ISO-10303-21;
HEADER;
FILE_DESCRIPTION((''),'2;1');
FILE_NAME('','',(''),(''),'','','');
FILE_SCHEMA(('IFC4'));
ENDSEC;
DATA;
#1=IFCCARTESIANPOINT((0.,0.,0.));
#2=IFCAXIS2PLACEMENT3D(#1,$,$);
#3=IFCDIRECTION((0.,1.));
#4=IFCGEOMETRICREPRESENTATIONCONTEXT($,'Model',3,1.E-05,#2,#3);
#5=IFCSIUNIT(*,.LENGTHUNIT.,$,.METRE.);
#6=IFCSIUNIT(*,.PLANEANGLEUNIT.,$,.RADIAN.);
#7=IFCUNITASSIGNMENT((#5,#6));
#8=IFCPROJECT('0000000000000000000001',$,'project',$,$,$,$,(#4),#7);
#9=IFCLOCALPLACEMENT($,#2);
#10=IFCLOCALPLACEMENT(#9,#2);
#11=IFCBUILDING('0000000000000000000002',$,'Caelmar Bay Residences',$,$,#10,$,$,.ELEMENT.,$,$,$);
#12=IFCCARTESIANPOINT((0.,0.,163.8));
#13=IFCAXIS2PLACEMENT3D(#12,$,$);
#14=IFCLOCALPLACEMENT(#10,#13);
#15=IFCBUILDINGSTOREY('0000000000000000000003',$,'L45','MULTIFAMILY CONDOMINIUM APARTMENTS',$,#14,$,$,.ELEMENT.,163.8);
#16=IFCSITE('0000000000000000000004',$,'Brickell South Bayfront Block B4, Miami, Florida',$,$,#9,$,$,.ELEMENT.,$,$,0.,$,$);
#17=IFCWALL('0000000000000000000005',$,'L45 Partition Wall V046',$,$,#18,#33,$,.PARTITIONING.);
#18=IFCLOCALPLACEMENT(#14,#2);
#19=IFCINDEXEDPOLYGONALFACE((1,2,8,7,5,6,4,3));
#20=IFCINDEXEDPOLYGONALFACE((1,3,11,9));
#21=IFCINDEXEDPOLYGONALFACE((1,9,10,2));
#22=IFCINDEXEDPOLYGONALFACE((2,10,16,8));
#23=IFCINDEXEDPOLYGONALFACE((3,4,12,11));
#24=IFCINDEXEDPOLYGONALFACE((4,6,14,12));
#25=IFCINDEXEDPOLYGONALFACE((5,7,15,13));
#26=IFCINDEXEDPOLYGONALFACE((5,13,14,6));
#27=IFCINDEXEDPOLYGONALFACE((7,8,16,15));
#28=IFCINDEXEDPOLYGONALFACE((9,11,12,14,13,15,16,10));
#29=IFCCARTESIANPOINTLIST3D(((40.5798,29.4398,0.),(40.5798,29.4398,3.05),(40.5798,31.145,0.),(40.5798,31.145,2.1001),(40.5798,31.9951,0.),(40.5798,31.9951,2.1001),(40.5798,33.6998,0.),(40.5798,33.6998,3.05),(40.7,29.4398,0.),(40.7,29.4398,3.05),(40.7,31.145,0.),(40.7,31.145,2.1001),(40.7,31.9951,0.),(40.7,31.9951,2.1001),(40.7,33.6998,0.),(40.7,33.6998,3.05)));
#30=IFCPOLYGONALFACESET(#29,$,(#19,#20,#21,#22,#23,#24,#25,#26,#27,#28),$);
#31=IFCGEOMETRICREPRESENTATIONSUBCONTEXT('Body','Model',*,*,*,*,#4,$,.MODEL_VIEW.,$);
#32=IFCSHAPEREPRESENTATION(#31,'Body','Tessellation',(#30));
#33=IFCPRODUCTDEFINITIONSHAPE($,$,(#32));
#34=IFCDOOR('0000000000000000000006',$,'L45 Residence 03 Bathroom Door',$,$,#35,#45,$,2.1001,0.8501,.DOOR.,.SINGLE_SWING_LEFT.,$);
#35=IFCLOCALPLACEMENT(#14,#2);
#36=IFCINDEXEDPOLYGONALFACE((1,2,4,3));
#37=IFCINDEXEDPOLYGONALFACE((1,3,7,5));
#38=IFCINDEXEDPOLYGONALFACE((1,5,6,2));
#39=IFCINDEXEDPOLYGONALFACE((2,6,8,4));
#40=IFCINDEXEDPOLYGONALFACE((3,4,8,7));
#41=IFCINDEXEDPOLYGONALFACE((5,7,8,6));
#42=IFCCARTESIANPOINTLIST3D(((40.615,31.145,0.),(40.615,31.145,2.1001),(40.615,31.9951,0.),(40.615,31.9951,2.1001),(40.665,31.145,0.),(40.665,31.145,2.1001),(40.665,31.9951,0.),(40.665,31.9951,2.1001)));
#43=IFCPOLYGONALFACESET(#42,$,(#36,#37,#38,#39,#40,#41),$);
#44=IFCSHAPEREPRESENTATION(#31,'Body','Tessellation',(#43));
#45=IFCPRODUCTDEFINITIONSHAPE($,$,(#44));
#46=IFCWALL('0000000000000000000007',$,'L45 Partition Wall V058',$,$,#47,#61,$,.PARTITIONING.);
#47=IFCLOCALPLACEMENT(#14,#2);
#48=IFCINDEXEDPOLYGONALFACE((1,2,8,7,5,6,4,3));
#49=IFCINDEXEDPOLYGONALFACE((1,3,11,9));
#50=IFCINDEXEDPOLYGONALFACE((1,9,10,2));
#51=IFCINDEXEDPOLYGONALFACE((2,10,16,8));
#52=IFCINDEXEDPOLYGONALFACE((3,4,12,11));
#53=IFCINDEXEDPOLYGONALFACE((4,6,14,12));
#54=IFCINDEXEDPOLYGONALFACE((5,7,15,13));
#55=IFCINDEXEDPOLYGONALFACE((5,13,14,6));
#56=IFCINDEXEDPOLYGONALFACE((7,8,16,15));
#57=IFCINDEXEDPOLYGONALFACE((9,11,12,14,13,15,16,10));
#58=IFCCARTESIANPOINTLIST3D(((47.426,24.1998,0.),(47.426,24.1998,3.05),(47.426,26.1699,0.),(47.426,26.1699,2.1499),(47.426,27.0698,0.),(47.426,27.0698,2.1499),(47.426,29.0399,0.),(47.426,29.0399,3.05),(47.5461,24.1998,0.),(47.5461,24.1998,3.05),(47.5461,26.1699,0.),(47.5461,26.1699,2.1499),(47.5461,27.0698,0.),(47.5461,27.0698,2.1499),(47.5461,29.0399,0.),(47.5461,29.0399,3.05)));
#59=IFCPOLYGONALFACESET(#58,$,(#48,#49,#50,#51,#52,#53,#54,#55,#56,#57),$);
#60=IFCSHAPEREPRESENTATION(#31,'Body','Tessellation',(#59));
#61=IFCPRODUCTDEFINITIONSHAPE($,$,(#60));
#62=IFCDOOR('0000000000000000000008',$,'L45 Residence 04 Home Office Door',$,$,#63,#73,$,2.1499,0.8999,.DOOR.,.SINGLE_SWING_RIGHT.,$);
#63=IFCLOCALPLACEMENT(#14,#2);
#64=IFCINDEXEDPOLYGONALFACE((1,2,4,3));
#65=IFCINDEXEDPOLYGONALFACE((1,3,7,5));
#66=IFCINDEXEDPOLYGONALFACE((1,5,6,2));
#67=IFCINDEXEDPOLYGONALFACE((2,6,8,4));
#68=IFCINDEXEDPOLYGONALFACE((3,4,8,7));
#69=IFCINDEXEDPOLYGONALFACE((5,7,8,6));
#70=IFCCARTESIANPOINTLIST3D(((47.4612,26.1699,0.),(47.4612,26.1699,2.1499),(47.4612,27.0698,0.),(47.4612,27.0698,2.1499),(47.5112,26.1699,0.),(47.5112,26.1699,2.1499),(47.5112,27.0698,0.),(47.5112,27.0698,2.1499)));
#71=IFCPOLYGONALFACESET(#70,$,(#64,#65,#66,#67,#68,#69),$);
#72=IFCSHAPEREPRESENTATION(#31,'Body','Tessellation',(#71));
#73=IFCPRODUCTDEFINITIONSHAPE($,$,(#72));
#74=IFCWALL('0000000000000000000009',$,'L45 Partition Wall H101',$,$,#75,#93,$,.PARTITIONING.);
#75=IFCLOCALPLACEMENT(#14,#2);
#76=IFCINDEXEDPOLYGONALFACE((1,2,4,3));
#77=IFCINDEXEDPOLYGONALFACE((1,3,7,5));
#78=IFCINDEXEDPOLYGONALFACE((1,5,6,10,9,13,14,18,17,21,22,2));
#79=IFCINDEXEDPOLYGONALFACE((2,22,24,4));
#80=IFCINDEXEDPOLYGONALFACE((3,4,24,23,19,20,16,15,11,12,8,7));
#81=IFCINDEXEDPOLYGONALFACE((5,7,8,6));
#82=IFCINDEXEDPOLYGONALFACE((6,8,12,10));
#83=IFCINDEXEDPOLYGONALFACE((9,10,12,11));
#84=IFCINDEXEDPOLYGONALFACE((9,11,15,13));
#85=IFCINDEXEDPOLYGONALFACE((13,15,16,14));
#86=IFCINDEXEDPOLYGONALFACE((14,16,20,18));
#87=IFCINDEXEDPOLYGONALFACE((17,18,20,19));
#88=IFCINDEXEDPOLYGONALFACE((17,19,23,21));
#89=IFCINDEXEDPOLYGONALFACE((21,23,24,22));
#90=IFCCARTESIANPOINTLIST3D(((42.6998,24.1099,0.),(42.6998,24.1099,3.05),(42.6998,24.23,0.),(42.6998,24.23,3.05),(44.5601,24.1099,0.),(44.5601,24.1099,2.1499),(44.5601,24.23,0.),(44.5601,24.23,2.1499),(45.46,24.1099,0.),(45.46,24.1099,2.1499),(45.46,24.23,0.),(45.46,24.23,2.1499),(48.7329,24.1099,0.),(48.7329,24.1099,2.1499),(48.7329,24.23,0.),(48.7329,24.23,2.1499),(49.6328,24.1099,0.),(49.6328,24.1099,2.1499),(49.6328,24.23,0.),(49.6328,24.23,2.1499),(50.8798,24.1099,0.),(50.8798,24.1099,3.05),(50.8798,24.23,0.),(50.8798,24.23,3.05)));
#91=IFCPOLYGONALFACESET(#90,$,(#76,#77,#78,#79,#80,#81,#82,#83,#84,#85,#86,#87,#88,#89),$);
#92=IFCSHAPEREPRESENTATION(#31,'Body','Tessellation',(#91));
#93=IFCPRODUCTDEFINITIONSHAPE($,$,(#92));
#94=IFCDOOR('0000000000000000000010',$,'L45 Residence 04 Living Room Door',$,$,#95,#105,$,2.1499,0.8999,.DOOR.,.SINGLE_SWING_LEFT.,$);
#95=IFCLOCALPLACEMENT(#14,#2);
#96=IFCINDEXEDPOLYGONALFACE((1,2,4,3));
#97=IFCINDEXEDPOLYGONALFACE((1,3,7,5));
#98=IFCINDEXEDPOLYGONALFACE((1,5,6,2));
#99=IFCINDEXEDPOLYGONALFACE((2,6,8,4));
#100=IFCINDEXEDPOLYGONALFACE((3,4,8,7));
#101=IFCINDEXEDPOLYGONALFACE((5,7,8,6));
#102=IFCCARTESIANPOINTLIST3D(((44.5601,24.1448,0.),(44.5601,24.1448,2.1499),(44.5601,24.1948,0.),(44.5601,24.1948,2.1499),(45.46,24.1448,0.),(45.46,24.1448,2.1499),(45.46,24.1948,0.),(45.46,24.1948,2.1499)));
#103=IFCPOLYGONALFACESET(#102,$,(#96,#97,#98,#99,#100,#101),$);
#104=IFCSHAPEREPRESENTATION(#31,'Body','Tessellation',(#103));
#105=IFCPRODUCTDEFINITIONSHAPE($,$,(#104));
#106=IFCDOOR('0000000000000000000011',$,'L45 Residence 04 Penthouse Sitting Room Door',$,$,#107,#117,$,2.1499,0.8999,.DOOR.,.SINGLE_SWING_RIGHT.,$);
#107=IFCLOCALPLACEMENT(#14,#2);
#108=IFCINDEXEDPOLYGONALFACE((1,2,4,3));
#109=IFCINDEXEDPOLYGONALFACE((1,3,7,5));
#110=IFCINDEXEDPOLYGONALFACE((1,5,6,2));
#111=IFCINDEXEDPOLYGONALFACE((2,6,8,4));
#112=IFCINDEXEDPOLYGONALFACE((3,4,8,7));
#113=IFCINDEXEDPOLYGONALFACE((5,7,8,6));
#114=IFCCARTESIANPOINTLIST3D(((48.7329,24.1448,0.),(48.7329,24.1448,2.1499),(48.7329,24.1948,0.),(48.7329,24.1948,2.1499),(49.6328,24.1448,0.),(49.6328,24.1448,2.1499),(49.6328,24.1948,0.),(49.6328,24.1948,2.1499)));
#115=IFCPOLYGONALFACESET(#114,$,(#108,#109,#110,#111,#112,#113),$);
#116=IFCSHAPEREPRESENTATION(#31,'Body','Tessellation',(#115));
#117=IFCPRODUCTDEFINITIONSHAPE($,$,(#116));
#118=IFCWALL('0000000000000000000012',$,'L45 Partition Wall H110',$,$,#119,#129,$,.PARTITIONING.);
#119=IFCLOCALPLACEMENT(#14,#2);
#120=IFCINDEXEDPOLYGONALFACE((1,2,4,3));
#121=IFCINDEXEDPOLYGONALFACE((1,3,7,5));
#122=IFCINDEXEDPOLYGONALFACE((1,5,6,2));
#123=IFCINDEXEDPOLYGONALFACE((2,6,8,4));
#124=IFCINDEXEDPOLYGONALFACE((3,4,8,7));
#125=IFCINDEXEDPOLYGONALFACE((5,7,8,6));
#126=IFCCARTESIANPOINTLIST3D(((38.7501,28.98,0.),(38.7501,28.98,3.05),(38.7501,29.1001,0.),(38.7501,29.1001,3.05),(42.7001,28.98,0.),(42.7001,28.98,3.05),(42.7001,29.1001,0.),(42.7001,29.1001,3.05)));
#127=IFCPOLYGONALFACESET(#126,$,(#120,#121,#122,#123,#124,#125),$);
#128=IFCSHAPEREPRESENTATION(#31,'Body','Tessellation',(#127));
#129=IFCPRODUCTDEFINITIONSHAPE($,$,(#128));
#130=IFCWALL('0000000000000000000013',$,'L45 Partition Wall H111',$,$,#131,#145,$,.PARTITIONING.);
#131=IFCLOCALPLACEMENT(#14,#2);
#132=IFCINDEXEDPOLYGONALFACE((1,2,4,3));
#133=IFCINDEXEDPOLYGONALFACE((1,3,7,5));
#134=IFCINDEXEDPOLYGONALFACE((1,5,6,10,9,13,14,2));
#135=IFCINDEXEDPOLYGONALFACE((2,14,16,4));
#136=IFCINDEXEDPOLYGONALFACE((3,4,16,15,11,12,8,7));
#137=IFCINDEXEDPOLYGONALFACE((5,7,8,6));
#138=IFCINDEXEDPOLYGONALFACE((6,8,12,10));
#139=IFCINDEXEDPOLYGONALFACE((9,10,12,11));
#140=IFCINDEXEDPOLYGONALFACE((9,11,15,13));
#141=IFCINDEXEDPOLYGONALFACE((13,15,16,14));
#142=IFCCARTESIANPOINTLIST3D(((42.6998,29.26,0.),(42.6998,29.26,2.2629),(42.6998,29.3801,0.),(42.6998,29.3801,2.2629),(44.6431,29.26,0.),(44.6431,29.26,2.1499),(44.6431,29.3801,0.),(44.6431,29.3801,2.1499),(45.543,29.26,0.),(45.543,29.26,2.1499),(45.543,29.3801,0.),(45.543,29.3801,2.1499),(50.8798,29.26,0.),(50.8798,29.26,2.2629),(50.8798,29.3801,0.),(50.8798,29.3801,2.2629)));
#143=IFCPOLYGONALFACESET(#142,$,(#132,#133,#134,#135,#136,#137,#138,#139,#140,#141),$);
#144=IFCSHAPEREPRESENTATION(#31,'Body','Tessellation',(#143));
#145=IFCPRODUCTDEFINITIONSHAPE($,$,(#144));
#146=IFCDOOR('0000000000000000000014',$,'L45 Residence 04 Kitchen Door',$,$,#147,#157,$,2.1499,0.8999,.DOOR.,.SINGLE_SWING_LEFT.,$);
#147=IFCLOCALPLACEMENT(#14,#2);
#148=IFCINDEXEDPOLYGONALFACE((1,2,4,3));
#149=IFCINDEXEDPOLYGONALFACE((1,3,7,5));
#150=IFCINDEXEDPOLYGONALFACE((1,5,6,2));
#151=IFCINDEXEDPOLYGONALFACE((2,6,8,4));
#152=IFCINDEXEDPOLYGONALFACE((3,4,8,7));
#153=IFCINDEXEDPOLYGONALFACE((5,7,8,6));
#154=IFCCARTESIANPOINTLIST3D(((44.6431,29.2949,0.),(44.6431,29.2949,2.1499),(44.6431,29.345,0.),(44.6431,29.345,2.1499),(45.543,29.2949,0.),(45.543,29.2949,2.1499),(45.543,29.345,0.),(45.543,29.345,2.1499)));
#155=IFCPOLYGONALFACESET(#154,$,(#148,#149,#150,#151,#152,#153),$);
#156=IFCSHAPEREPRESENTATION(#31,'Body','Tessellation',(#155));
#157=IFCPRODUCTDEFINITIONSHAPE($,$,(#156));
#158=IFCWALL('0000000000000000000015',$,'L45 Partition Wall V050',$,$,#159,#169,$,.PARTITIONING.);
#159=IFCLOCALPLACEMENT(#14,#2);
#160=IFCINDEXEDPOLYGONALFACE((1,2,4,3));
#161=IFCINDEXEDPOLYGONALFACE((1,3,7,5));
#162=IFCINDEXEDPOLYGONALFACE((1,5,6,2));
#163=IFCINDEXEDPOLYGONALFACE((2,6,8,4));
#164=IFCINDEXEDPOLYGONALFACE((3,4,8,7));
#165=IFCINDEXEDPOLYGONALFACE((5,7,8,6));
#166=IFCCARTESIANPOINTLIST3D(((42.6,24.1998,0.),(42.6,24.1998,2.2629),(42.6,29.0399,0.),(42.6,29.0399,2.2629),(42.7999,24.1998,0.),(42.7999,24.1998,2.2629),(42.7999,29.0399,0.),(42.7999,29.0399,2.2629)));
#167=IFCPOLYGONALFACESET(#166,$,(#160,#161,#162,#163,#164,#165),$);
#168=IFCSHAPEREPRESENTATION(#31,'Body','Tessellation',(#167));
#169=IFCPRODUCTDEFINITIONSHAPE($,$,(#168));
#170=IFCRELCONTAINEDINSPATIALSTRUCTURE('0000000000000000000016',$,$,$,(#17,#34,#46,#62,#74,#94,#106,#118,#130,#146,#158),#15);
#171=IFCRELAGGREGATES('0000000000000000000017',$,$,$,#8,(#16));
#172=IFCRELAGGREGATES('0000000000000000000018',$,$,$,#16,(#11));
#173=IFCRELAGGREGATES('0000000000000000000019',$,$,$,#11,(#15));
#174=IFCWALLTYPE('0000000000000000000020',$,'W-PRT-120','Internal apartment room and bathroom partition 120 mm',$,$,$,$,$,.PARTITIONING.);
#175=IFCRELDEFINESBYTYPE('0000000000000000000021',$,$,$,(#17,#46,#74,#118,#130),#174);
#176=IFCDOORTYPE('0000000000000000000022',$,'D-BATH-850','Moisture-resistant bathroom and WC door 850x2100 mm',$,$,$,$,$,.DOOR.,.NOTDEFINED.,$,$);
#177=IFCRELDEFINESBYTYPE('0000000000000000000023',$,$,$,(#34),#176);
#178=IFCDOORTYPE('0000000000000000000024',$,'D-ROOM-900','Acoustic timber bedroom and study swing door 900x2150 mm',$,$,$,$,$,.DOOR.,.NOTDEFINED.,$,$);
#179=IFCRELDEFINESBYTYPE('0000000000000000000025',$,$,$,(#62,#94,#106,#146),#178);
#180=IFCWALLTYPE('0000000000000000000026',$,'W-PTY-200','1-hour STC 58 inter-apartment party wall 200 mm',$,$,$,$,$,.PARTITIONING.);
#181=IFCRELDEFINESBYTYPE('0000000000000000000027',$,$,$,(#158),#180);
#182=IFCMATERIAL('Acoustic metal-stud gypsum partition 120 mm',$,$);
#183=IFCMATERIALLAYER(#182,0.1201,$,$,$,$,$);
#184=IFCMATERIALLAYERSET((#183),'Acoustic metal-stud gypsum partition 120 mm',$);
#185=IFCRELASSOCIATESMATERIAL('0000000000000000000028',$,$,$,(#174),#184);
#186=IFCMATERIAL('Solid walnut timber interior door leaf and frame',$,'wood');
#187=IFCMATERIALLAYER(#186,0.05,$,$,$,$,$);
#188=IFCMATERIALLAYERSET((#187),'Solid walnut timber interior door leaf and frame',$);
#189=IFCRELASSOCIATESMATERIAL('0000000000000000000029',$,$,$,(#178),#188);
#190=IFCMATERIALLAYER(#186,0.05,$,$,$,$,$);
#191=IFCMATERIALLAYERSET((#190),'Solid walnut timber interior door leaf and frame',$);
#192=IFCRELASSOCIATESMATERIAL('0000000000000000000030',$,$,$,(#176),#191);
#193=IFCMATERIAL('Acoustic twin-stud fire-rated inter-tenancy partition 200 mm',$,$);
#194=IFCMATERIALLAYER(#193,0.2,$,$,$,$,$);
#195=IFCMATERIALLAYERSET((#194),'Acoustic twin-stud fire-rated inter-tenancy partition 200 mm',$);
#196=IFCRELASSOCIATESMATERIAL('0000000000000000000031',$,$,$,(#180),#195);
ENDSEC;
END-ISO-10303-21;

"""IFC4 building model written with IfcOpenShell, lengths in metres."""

from ifc_helpers import new_model, si_unit, direction, frame, frame_2d, origin, place, context, subcontext, project, spatial, rectangle, extrude, material, layer, layer_set, type_object, element, fill, save


model = new_model("IFC4")

# Units and contexts
model_context = context("Model", 3, precision=1e-05, world=origin(), true_north=direction((0.0, 1.0)))
body_context = subcontext(model_context, "Body", "Model", "MODEL_VIEW")
ifc_project = project(units=[si_unit("LENGTHUNIT", "METRE"), si_unit("PLANEANGLEUNIT", "RADIAN")], contexts=[model_context])

# Site, building, storey
site_placement = place(None, origin())
site = spatial("IfcSite", under=ifc_project, at=site_placement, Name="Brickell South Bayfront Block B4, Miami, Florida", CompositionType="ELEMENT", RefElevation=0.0)
building_placement = place(site_placement, origin())
building = spatial("IfcBuilding", under=site, at=building_placement, Name="Caelmar Bay Residences", CompositionType="ELEMENT")
storey_placement = place(building_placement, frame((0.0, 0.0, 163.8)))
storey = spatial("IfcBuildingStorey", under=building, at=storey_placement, Name="L45", Description="MULTIFAMILY CONDOMINIUM APARTMENTS", CompositionType="ELEMENT", Elevation=163.8)

# Shared definitions
ifc_material_1 = material(Name="Acoustic metal-stud gypsum partition 120 mm")
ifc_layer_1 = layer(ifc_material_1, 0.1201)
ifc_layer_set_1 = layer_set([ifc_layer_1], Name="Acoustic metal-stud gypsum partition 120 mm")
wall_type_1 = type_object("IfcWallType", Name="W-PRT-120", Description="Internal apartment room and bathroom partition 120 mm", PredefinedType="PARTITIONING", material=ifc_layer_set_1)
ifc_material_2 = material(Name="Solid walnut timber interior door leaf and frame", Category="wood")
ifc_layer_2 = layer(ifc_material_2, 0.05)
ifc_layer_set_2 = layer_set([ifc_layer_2], Name="Solid walnut timber interior door leaf and frame")
door_type_1 = type_object("IfcDoorType", Name="D-ROOM-900", Description="Acoustic timber bedroom and study swing door 900x2150 mm", OperationType="NOTDEFINED", PredefinedType="DOOR", material=ifc_layer_set_2)

# Walls, openings, doors
wall_1_placement = place(storey_placement, frame((40.6399, 29.4399, 0.0), z_axis=(0.0, 0.0, 1.0), x_axis=(0.0, 1.0, 0.0)))
wall_1 = element("IfcWall", 1, at=wall_1_placement, inside=storey, type_object=wall_type_1, Name="L45 Partition Wall V046", PredefinedType="PARTITIONING", context=body_context, shape_type="SweptSolid", body=[
    extrude(rectangle(XDim=4.26, YDim=0.1201, at=frame_2d((2.1299, 0.0))), origin(), (0.0, 0.0, 1.0), 3.05),
])
opening_1_placement = place(wall_1_placement, frame((1.7051, 0.0, 0.0)))
opening_1 = element("IfcOpeningElement", 2, at=opening_1_placement, cuts=wall_1, PredefinedType="OPENING", context=body_context, shape_type="SweptSolid", body=[
    extrude(rectangle(XDim=0.8501, YDim=2.1001, at=frame_2d((0.425, 1.05))), frame((0.0, 0.0701, 0.0), z_axis=(0.0, -1.0, 0.0), x_axis=(1.0, 0.0, 0.0)), (0.0, 0.0, 1.0), 0.1401),
])
ifc_layer_3 = layer(ifc_material_2, 0.05)
ifc_layer_set_3 = layer_set([ifc_layer_3], Name="Solid walnut timber interior door leaf and frame")
door_type_2 = type_object("IfcDoorType", Name="D-BATH-850", Description="Moisture-resistant bathroom and WC door 850x2100 mm", OperationType="NOTDEFINED", PredefinedType="DOOR", material=ifc_layer_set_3)
door_1_placement = place(opening_1_placement, origin())
door_1 = element("IfcDoor", 3, at=door_1_placement, inside=storey, type_object=door_type_2, Name="L45 Residence 03 Bathroom Door", OperationType="SINGLE_SWING_LEFT", OverallHeight=2.1001, OverallWidth=0.8501, PredefinedType="DOOR", context=body_context, shape_type="SweptSolid", body=[
    extrude(rectangle(XDim=0.8501, YDim=2.1001, at=frame_2d((0.425, 1.05))), frame((0.0, 0.0249, 0.0), z_axis=(0.0, -1.0, 0.0), x_axis=(1.0, 0.0, 0.0)), (0.0, 0.0, 1.0), 0.05),
])
fill(opening_1, door_1)
wall_2_placement = place(storey_placement, frame((47.4861, 24.2, 0.0), z_axis=(0.0, 0.0, 1.0), x_axis=(0.0, 1.0, 0.0)))
wall_2 = element("IfcWall", 4, at=wall_2_placement, inside=storey, type_object=wall_type_1, Name="L45 Partition Wall V058", PredefinedType="PARTITIONING", context=body_context, shape_type="SweptSolid", body=[
    extrude(rectangle(XDim=4.8401, YDim=0.1201, at=frame_2d((2.4199, 0.0))), origin(), (0.0, 0.0, 1.0), 3.05),
])
opening_2_placement = place(wall_2_placement, frame((1.97, 0.0, 0.0)))
opening_2 = element("IfcOpeningElement", 5, at=opening_2_placement, cuts=wall_2, PredefinedType="OPENING", context=body_context, shape_type="SweptSolid", body=[
    extrude(rectangle(XDim=0.8999, YDim=2.1499, at=frame_2d((0.45, 1.075))), frame((0.0, 0.0701, 0.0), z_axis=(0.0, -1.0, 0.0), x_axis=(1.0, 0.0, 0.0)), (0.0, 0.0, 1.0), 0.1401),
])
door_2_placement = place(opening_2_placement, origin())
door_2 = element("IfcDoor", 6, at=door_2_placement, inside=storey, type_object=door_type_1, Name="L45 Residence 04 Home Office Door", OperationType="SINGLE_SWING_RIGHT", OverallHeight=2.1499, OverallWidth=0.8999, PredefinedType="DOOR", context=body_context, shape_type="SweptSolid", body=[
    extrude(rectangle(XDim=0.8999, YDim=2.1499, at=frame_2d((0.45, 1.075))), frame((0.0, 0.0249, 0.0), z_axis=(0.0, -1.0, 0.0), x_axis=(1.0, 0.0, 0.0)), (0.0, 0.0, 1.0), 0.05),
])
fill(opening_2, door_2)

# Wall, openings, doors
wall_3_placement = place(storey_placement, frame((42.7, 24.1699, 0.0), z_axis=(0.0, 0.0, 1.0), x_axis=(1.0, 0.0, 0.0)))
wall_3 = element("IfcWall", 7, at=wall_3_placement, inside=storey, type_object=wall_type_1, Name="L45 Partition Wall H101", PredefinedType="PARTITIONING", context=body_context, shape_type="SweptSolid", body=[
    extrude(rectangle(XDim=8.1799, YDim=0.1201, at=frame_2d((4.0898, 0.0))), origin(), (0.0, 0.0, 1.0), 3.05),
])
opening_3_placement = place(wall_3_placement, frame((1.8601, 0.0, 0.0)))
opening_3 = element("IfcOpeningElement", 8, at=opening_3_placement, cuts=wall_3, PredefinedType="OPENING", context=body_context, shape_type="SweptSolid", body=[
    extrude(rectangle(XDim=0.8999, YDim=2.1499, at=frame_2d((0.45, 1.075))), frame((0.0, 0.0701, 0.0), z_axis=(0.0, -1.0, 0.0), x_axis=(1.0, 0.0, 0.0)), (0.0, 0.0, 1.0), 0.1401),
])
opening_4_placement = place(wall_3_placement, frame((6.033, 0.0, 0.0)))
opening_4 = element("IfcOpeningElement", 9, at=opening_4_placement, cuts=wall_3, PredefinedType="OPENING", context=body_context, shape_type="SweptSolid", body=[
    extrude(rectangle(XDim=0.8999, YDim=2.1499, at=frame_2d((0.45, 1.075))), frame((0.0, 0.0701, 0.0), z_axis=(0.0, -1.0, 0.0), x_axis=(1.0, 0.0, 0.0)), (0.0, 0.0, 1.0), 0.1401),
])
door_3_placement = place(opening_3_placement, origin())
door_3 = element("IfcDoor", 10, at=door_3_placement, inside=storey, type_object=door_type_1, Name="L45 Residence 04 Living Room Door", OperationType="SINGLE_SWING_LEFT", OverallHeight=2.1499, OverallWidth=0.8999, PredefinedType="DOOR", context=body_context, shape_type="SweptSolid", body=[
    extrude(rectangle(XDim=0.8999, YDim=2.1499, at=frame_2d((0.45, 1.075))), frame((0.0, 0.0249, 0.0), z_axis=(0.0, -1.0, 0.0), x_axis=(1.0, 0.0, 0.0)), (0.0, 0.0, 1.0), 0.05),
])
fill(opening_3, door_3)
door_4_placement = place(opening_4_placement, origin())
door_4 = element("IfcDoor", 11, at=door_4_placement, inside=storey, type_object=door_type_1, Name="L45 Residence 04 Penthouse Sitting Room Door", OperationType="SINGLE_SWING_RIGHT", OverallHeight=2.1499, OverallWidth=0.8999, PredefinedType="DOOR", context=body_context, shape_type="SweptSolid", body=[
    extrude(rectangle(XDim=0.8999, YDim=2.1499, at=frame_2d((0.45, 1.075))), frame((0.0, 0.0249, 0.0), z_axis=(0.0, -1.0, 0.0), x_axis=(1.0, 0.0, 0.0)), (0.0, 0.0, 1.0), 0.05),
])
fill(opening_4, door_4)

# Wall
wall_4_placement = place(storey_placement, frame((38.75, 29.04, 0.0), z_axis=(0.0, 0.0, 1.0), x_axis=(1.0, 0.0, 0.0)))
element("IfcWall", 12, at=wall_4_placement, inside=storey, type_object=wall_type_1, Name="L45 Partition Wall H110", PredefinedType="PARTITIONING", context=body_context, shape_type="SweptSolid", body=[
    extrude(rectangle(XDim=3.95, YDim=0.1201, at=frame_2d((1.9751, 0.0))), origin(), (0.0, 0.0, 1.0), 3.05),
])

# Wall, opening, door
wall_5_placement = place(storey_placement, frame((42.7, 29.3201, 0.0), z_axis=(0.0, 0.0, 1.0), x_axis=(1.0, 0.0, 0.0)))
wall_5 = element("IfcWall", 13, at=wall_5_placement, inside=storey, type_object=wall_type_1, Name="L45 Partition Wall H111", PredefinedType="PARTITIONING", context=body_context, shape_type="SweptSolid", body=[
    extrude(rectangle(XDim=8.1799, YDim=0.1201, at=frame_2d((4.0898, 0.0))), origin(), (0.0, 0.0, 1.0), 2.2629),
])
opening_5_placement = place(wall_5_placement, frame((1.9431, 0.0, 0.0)))
opening_5 = element("IfcOpeningElement", 14, at=opening_5_placement, cuts=wall_5, PredefinedType="OPENING", context=body_context, shape_type="SweptSolid", body=[
    extrude(rectangle(XDim=0.8999, YDim=2.1499, at=frame_2d((0.45, 1.075))), frame((0.0, 0.0701, 0.0), z_axis=(0.0, -1.0, 0.0), x_axis=(1.0, 0.0, 0.0)), (0.0, 0.0, 1.0), 0.1401),
])
door_5_placement = place(opening_5_placement, origin())
door_5 = element("IfcDoor", 15, at=door_5_placement, inside=storey, type_object=door_type_1, Name="L45 Residence 04 Kitchen Door", OperationType="SINGLE_SWING_LEFT", OverallHeight=2.1499, OverallWidth=0.8999, PredefinedType="DOOR", context=body_context, shape_type="SweptSolid", body=[
    extrude(rectangle(XDim=0.8999, YDim=2.1499, at=frame_2d((0.45, 1.075))), frame((0.0, 0.0249, 0.0), z_axis=(0.0, -1.0, 0.0), x_axis=(1.0, 0.0, 0.0)), (0.0, 0.0, 1.0), 0.05),
])
fill(opening_5, door_5)

# Wall
ifc_material_3 = material(Name="Acoustic twin-stud fire-rated inter-tenancy partition 200 mm")
ifc_layer_4 = layer(ifc_material_3, 0.2)
ifc_layer_set_4 = layer_set([ifc_layer_4], Name="Acoustic twin-stud fire-rated inter-tenancy partition 200 mm")
wall_type_2 = type_object("IfcWallType", Name="W-PTY-200", Description="1-hour STC 58 inter-apartment party wall 200 mm", PredefinedType="PARTITIONING", material=ifc_layer_set_4)
wall_6_placement = place(storey_placement, frame((42.7, 24.2, 0.0), z_axis=(0.0, 0.0, 1.0), x_axis=(0.0, 1.0, 0.0)))
element("IfcWall", 16, at=wall_6_placement, inside=storey, type_object=wall_type_2, Name="L45 Partition Wall V050", PredefinedType="PARTITIONING", context=body_context, shape_type="SweptSolid", body=[
    extrude(rectangle(XDim=4.8401, YDim=0.2, at=frame_2d((2.4199, 0.0))), origin(), (0.0, 0.0, 1.0), 2.2629),
])

save(model, "model.ifc")
